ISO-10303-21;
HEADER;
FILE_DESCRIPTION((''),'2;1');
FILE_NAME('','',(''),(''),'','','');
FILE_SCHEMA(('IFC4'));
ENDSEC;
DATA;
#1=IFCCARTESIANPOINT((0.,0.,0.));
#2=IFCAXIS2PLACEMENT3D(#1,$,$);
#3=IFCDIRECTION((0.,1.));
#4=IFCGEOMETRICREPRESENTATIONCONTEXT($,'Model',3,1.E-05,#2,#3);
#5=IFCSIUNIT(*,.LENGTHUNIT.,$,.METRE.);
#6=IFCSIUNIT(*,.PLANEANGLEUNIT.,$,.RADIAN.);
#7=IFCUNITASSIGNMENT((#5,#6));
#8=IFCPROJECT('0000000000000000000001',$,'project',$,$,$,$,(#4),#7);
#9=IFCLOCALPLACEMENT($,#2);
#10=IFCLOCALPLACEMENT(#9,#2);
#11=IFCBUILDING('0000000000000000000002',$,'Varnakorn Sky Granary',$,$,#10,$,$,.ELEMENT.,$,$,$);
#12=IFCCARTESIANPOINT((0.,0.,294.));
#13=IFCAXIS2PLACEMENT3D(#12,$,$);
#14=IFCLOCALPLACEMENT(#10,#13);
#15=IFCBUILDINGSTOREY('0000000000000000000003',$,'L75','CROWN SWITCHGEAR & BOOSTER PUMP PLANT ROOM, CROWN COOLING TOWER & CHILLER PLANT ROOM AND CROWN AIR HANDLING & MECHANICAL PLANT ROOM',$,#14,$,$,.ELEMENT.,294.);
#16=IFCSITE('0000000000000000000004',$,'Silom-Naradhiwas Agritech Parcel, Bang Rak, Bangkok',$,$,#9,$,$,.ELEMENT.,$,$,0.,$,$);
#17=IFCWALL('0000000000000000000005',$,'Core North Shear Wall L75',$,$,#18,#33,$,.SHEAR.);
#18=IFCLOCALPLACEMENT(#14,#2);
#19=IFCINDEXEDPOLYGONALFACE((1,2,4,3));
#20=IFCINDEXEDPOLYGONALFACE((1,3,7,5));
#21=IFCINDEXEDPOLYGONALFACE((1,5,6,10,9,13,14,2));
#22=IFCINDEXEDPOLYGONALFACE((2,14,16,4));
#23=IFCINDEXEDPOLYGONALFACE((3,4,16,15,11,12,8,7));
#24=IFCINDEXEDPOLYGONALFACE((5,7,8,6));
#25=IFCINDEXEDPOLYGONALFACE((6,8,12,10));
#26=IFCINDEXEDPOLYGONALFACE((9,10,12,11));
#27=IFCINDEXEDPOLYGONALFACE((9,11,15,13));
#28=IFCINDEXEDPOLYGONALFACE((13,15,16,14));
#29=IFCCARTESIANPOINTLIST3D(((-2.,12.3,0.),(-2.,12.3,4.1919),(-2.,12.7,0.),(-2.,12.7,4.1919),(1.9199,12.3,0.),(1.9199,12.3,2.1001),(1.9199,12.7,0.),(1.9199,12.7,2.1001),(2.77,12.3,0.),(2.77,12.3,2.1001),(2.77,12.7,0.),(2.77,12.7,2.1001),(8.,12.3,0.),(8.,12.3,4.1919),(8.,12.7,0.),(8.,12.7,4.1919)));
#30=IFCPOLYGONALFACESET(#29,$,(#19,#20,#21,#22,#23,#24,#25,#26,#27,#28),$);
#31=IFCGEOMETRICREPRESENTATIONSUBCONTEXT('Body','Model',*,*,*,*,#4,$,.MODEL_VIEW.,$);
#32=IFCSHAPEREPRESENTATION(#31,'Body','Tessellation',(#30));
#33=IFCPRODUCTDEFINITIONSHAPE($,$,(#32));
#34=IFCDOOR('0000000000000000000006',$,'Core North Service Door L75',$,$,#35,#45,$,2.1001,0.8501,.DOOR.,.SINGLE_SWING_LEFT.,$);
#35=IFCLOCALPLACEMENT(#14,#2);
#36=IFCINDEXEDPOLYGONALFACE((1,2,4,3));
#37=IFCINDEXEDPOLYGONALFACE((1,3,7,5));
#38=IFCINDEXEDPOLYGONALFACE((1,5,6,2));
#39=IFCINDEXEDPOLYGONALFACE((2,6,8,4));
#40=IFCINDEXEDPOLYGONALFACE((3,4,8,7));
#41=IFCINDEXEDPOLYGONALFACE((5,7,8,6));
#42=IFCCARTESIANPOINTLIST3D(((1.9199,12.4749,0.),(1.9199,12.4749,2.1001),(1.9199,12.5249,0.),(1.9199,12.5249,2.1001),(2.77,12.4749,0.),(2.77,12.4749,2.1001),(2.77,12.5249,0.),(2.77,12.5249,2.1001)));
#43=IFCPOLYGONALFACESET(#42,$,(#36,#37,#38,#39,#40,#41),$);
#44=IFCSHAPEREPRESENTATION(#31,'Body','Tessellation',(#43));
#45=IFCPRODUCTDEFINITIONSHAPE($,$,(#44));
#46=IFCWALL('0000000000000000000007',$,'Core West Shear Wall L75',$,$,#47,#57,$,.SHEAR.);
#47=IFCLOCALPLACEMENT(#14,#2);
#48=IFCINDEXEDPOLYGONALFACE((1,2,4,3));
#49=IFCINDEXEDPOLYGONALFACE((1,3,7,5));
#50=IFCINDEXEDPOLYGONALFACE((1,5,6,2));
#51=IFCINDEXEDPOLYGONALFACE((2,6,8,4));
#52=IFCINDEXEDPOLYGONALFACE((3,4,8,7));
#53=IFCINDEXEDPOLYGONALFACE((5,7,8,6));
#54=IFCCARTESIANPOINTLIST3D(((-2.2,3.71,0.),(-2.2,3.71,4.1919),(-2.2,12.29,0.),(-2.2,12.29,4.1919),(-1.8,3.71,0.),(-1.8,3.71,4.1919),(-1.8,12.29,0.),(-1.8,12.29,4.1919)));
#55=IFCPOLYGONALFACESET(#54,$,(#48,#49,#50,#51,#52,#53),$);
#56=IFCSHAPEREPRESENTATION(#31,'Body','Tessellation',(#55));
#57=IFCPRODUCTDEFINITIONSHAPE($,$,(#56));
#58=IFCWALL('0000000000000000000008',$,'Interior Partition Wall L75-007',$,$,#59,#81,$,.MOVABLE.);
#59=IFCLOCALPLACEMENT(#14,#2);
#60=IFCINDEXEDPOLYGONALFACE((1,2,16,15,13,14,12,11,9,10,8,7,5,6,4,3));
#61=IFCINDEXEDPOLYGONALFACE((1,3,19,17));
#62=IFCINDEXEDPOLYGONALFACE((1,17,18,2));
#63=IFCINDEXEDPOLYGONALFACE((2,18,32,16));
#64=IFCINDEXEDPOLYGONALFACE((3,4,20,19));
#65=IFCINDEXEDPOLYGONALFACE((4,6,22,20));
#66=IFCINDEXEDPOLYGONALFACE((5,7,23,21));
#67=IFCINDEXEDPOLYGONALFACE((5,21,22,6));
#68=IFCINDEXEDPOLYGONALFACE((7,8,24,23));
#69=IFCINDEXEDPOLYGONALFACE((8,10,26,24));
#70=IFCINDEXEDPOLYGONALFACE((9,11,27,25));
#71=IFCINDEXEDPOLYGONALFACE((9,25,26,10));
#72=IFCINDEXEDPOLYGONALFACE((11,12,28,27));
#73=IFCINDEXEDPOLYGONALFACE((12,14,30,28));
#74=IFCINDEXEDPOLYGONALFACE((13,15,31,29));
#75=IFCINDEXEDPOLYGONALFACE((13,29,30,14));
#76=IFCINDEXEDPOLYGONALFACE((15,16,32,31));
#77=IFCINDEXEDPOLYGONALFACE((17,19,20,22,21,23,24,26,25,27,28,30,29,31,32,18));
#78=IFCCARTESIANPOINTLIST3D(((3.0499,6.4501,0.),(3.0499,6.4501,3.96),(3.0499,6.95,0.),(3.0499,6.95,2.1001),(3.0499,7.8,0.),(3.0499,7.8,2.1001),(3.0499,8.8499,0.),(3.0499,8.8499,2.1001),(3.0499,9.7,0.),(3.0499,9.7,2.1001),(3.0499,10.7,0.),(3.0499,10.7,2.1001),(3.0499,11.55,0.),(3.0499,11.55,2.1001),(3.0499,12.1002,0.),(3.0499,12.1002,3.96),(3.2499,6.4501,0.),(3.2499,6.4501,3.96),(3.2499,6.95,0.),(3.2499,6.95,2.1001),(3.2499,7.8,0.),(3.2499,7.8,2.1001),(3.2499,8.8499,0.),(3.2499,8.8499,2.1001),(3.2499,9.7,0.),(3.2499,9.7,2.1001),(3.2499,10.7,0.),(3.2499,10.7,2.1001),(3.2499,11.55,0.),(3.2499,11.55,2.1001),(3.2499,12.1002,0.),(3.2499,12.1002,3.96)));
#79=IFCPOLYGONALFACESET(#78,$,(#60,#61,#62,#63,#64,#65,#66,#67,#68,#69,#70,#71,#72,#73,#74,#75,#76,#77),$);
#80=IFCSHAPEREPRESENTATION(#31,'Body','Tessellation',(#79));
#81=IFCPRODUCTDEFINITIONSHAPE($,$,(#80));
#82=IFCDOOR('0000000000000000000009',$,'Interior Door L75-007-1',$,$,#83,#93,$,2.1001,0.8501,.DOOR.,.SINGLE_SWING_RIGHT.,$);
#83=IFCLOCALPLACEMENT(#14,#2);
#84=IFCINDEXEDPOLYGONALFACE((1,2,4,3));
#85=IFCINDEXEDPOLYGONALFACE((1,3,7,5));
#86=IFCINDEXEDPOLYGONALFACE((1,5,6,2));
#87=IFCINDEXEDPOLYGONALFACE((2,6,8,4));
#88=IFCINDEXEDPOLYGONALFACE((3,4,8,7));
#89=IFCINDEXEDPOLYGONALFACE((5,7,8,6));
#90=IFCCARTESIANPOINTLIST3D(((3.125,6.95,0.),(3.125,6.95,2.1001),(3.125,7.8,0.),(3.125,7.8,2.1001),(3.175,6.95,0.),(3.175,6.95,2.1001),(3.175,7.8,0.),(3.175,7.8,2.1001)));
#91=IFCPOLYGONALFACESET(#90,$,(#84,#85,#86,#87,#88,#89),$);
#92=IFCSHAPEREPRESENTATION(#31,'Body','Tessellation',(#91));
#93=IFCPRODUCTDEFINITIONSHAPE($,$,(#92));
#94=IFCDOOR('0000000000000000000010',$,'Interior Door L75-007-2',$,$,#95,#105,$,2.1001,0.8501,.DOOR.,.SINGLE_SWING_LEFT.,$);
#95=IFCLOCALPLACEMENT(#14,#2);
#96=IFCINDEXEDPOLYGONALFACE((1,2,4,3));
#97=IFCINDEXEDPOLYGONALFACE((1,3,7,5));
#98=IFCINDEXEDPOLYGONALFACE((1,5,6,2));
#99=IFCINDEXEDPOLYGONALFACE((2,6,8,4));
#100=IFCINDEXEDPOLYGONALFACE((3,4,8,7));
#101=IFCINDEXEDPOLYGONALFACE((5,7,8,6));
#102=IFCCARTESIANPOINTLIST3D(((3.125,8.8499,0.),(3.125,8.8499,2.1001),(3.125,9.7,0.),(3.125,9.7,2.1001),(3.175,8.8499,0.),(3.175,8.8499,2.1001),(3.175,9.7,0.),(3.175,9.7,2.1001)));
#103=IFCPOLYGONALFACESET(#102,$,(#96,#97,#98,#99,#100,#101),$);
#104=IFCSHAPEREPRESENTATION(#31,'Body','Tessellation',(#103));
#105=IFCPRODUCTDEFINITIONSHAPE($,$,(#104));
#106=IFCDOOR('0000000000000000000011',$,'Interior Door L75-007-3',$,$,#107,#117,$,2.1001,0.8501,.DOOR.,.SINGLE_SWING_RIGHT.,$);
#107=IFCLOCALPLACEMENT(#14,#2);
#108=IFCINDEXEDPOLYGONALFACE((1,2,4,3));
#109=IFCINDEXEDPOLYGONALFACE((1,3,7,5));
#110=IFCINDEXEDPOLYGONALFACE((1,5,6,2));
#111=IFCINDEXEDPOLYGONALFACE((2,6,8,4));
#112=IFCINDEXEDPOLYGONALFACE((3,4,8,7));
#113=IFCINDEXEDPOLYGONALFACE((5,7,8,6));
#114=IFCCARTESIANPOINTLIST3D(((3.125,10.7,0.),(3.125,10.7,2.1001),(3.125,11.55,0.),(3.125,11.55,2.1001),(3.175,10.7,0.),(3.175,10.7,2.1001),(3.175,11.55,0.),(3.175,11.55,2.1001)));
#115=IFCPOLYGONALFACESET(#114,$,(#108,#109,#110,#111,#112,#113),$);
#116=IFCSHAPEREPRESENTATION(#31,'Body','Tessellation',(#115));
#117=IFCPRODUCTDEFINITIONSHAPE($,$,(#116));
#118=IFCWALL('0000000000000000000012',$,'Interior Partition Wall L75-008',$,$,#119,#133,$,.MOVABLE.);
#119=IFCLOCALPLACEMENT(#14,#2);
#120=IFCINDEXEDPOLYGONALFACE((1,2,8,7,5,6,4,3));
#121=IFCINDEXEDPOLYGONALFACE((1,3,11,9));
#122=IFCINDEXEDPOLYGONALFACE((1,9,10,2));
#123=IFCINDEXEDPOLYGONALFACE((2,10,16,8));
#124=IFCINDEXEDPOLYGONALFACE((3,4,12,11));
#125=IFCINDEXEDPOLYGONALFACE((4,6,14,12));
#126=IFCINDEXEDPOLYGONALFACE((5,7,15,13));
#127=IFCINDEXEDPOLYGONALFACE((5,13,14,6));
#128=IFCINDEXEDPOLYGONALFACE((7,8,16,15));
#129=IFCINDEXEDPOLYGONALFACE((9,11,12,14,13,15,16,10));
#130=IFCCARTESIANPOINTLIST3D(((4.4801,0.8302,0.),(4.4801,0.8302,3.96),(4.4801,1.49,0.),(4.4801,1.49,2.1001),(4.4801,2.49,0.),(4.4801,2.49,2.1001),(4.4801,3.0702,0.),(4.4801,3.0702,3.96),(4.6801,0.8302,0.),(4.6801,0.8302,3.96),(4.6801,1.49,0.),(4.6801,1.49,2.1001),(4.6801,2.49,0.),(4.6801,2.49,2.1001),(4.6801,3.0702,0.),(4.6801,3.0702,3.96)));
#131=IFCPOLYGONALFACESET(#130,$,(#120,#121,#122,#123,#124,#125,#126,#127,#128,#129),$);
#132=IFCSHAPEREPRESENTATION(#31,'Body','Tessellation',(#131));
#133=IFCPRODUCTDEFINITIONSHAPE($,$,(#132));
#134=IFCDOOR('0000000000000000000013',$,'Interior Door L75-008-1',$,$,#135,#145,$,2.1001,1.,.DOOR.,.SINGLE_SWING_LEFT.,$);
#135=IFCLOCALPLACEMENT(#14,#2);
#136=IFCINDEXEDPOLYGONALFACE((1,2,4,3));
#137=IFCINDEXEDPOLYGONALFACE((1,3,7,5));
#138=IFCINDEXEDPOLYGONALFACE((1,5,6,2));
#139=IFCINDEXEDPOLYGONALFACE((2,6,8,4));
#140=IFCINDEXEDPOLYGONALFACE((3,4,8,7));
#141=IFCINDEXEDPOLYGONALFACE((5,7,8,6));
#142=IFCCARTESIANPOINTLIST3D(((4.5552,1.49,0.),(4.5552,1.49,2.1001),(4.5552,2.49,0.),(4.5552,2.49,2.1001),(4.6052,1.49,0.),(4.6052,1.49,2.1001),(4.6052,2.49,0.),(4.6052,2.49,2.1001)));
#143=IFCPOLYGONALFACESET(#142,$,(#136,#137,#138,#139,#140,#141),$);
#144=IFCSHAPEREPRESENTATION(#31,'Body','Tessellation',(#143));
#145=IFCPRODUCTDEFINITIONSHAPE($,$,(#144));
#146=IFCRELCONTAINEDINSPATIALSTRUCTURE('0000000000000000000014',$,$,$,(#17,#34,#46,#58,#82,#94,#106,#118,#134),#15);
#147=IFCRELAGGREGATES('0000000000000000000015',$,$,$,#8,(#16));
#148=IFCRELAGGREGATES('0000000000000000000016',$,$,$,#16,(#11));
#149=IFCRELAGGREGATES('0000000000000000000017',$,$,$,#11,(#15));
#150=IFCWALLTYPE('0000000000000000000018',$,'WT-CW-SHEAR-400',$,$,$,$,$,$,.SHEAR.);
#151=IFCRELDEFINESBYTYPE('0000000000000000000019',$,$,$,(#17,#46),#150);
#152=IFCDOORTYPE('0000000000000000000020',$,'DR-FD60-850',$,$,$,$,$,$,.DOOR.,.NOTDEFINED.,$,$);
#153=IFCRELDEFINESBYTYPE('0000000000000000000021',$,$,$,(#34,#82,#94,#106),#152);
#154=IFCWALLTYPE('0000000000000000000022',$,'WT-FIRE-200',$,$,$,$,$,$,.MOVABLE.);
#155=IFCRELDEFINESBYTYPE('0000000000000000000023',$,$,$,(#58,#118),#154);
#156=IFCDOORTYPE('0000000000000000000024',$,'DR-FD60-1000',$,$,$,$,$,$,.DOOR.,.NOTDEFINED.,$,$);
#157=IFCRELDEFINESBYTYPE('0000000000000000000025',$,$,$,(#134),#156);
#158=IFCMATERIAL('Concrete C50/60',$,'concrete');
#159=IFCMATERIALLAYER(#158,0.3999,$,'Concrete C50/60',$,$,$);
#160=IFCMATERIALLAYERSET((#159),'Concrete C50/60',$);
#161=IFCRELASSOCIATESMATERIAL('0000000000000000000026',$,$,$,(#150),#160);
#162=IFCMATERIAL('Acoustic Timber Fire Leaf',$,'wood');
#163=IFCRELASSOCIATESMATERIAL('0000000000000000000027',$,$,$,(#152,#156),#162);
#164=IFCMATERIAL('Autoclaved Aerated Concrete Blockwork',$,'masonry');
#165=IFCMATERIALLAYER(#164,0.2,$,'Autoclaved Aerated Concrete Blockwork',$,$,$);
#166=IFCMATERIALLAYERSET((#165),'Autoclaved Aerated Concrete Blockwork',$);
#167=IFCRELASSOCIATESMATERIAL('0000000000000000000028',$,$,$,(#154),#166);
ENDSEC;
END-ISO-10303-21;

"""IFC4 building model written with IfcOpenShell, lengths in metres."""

from ifc_helpers import new_model, si_unit, direction, frame, frame_2d, origin, place, context, subcontext, project, spatial, rectangle, extrude, material, layer, layer_set, type_object, element, fill, save


model = new_model("IFC4")

# Units and contexts
model_context = context("Model", 3, precision=1e-05, world=origin(), true_north=direction((0.0, 1.0)))
body_context = subcontext(model_context, "Body", "Model", "MODEL_VIEW")
ifc_project = project(units=[si_unit("LENGTHUNIT", "METRE"), si_unit("PLANEANGLEUNIT", "RADIAN")], contexts=[model_context])

# Site, building, storey
site_placement = place(None, origin())
site = spatial("IfcSite", under=ifc_project, at=site_placement, Name="Silom-Naradhiwas Agritech Parcel, Bang Rak, Bangkok", CompositionType="ELEMENT", RefElevation=0.0)
building_placement = place(site_placement, origin())
building = spatial("IfcBuilding", under=site, at=building_placement, Name="Varnakorn Sky Granary", CompositionType="ELEMENT")
storey_placement = place(building_placement, frame((0.0, 0.0, 294.0)))
storey = spatial("IfcBuildingStorey", under=building, at=storey_placement, Name="L75", Description="CROWN SWITCHGEAR & BOOSTER PUMP PLANT ROOM, CROWN COOLING TOWER & CHILLER PLANT ROOM AND CROWN AIR HANDLING & MECHANICAL PLANT ROOM", CompositionType="ELEMENT", Elevation=294.0)

# Shared definitions
ifc_material_1 = material(Name="Concrete C50/60", Category="concrete")

# Shared definitions
ifc_layer_1 = layer(ifc_material_1, 0.3999, Name="Concrete C50/60")
ifc_layer_set_1 = layer_set([ifc_layer_1], Name="Concrete C50/60")
wall_type_1 = type_object("IfcWallType", Name="WT-CW-SHEAR-400", PredefinedType="SHEAR", material=ifc_layer_set_1)

# Wall, opening, door
wall_1_placement = place(storey_placement, frame((-2.0, 12.5, 0.0), z_axis=(0.0, 0.0, 1.0), x_axis=(1.0, 0.0, 0.0)))
wall_1 = element("IfcWall", 1, at=wall_1_placement, inside=storey, type_object=wall_type_1, Name="Core North Shear Wall L75", PredefinedType="SHEAR", context=body_context, shape_type="SweptSolid", body=[
    extrude(rectangle(XDim=10.0, YDim=0.3999, at=frame_2d((5.0, 0.0))), origin(), (0.0, 0.0, 1.0), 4.1919),
])
opening_1_placement = place(wall_1_placement, frame((3.9199, 0.0, 0.0)))
opening_1 = element("IfcOpeningElement", 2, at=opening_1_placement, cuts=wall_1, PredefinedType="OPENING", context=body_context, shape_type="SweptSolid", body=[
    extrude(rectangle(XDim=0.8501, YDim=2.1001, at=frame_2d((0.425, 1.05))), frame((0.0, 0.21, 0.0), z_axis=(0.0, -1.0, 0.0), x_axis=(1.0, 0.0, 0.0)), (0.0, 0.0, 1.0), 0.4199),
])
ifc_material_2 = material(Name="Acoustic Timber Fire Leaf", Category="wood")
door_type_1 = type_object("IfcDoorType", Name="DR-FD60-850", OperationType="NOTDEFINED", PredefinedType="DOOR", material=ifc_material_2)
door_1_placement = place(opening_1_placement, origin())
door_1 = element("IfcDoor", 3, at=door_1_placement, inside=storey, type_object=door_type_1, Name="Core North Service Door L75", OperationType="SINGLE_SWING_LEFT", OverallHeight=2.1001, OverallWidth=0.8501, PredefinedType="DOOR", context=body_context, shape_type="SweptSolid", body=[
    extrude(rectangle(XDim=0.8501, YDim=2.1001, at=frame_2d((0.425, 1.05))), frame((0.0, 0.0249, 0.0), z_axis=(0.0, -1.0, 0.0), x_axis=(1.0, 0.0, 0.0)), (0.0, 0.0, 1.0), 0.05),
])
fill(opening_1, door_1)

# Wall
wall_2_placement = place(storey_placement, frame((-2.0, 3.71, 0.0), z_axis=(0.0, 0.0, 1.0), x_axis=(0.0, 1.0, 0.0)))
element("IfcWall", 4, at=wall_2_placement, inside=storey, type_object=wall_type_1, Name="Core West Shear Wall L75", PredefinedType="SHEAR", context=body_context, shape_type="SweptSolid", body=[
    extrude(rectangle(XDim=8.5801, YDim=0.3999, at=frame_2d((4.29, 0.0))), origin(), (0.0, 0.0, 1.0), 4.1919),
])

# Wall, openings, doors
ifc_material_3 = material(Name="Autoclaved Aerated Concrete Blockwork", Category="masonry")
ifc_layer_2 = layer(ifc_material_3, 0.2, Name="Autoclaved Aerated Concrete Blockwork")
ifc_layer_set_2 = layer_set([ifc_layer_2], Name="Autoclaved Aerated Concrete Blockwork")
wall_type_2 = type_object("IfcWallType", Name="WT-FIRE-200", PredefinedType="MOVABLE", material=ifc_layer_set_2)
wall_3_placement = place(storey_placement, frame((3.1499, 6.45, 0.0), z_axis=(0.0, 0.0, 1.0), x_axis=(0.0, 1.0, 0.0)))
wall_3 = element("IfcWall", 5, at=wall_3_placement, inside=storey, type_object=wall_type_2, Name="Interior Partition Wall L75-007", PredefinedType="MOVABLE", context=body_context, shape_type="SweptSolid", body=[
    extrude(rectangle(XDim=5.6501, YDim=0.2, at=frame_2d((2.8252, 0.0))), origin(), (0.0, 0.0, 1.0), 3.96),
])
opening_2_placement = place(wall_3_placement, frame((0.5, 0.0, 0.0)))
opening_2 = element("IfcOpeningElement", 6, at=opening_2_placement, cuts=wall_3, PredefinedType="OPENING", context=body_context, shape_type="SweptSolid", body=[
    extrude(rectangle(XDim=0.8501, YDim=2.1001, at=frame_2d((0.425, 1.05))), frame((0.0, 0.1099, 0.0), z_axis=(0.0, -1.0, 0.0), x_axis=(1.0, 0.0, 0.0)), (0.0, 0.0, 1.0), 0.22),
])
opening_3_placement = place(wall_3_placement, frame((2.3999, 0.0, 0.0)))
opening_3 = element("IfcOpeningElement", 7, at=opening_3_placement, cuts=wall_3, PredefinedType="OPENING", context=body_context, shape_type="SweptSolid", body=[
    extrude(rectangle(XDim=0.8501, YDim=2.1001, at=frame_2d((0.425, 1.05))), frame((0.0, 0.1099, 0.0), z_axis=(0.0, -1.0, 0.0), x_axis=(1.0, 0.0, 0.0)), (0.0, 0.0, 1.0), 0.22),
])
opening_4_placement = place(wall_3_placement, frame((4.25, 0.0, 0.0)))
opening_4 = element("IfcOpeningElement", 8, at=opening_4_placement, cuts=wall_3, PredefinedType="OPENING", context=body_context, shape_type="SweptSolid", body=[
    extrude(rectangle(XDim=0.8501, YDim=2.1001, at=frame_2d((0.425, 1.05))), frame((0.0, 0.1099, 0.0), z_axis=(0.0, -1.0, 0.0), x_axis=(1.0, 0.0, 0.0)), (0.0, 0.0, 1.0), 0.22),
])
door_2_placement = place(opening_2_placement, origin())
door_2 = element("IfcDoor", 9, at=door_2_placement, inside=storey, type_object=door_type_1, Name="Interior Door L75-007-1", OperationType="SINGLE_SWING_RIGHT", OverallHeight=2.1001, OverallWidth=0.8501, PredefinedType="DOOR", context=body_context, shape_type="SweptSolid", body=[
    extrude(rectangle(XDim=0.8501, YDim=2.1001, at=frame_2d((0.425, 1.05))), frame((0.0, 0.0249, 0.0), z_axis=(0.0, -1.0, 0.0), x_axis=(1.0, 0.0, 0.0)), (0.0, 0.0, 1.0), 0.05),
])
fill(opening_2, door_2)
door_3_placement = place(opening_3_placement, origin())
door_3 = element("IfcDoor", 10, at=door_3_placement, inside=storey, type_object=door_type_1, Name="Interior Door L75-007-2", OperationType="SINGLE_SWING_LEFT", OverallHeight=2.1001, OverallWidth=0.8501, PredefinedType="DOOR", context=body_context, shape_type="SweptSolid", body=[
    extrude(rectangle(XDim=0.8501, YDim=2.1001, at=frame_2d((0.425, 1.05))), frame((0.0, 0.0249, 0.0), z_axis=(0.0, -1.0, 0.0), x_axis=(1.0, 0.0, 0.0)), (0.0, 0.0, 1.0), 0.05),
])
fill(opening_3, door_3)
door_4_placement = place(opening_4_placement, origin())
door_4 = element("IfcDoor", 11, at=door_4_placement, inside=storey, type_object=door_type_1, Name="Interior Door L75-007-3", OperationType="SINGLE_SWING_RIGHT", OverallHeight=2.1001, OverallWidth=0.8501, PredefinedType="DOOR", context=body_context, shape_type="SweptSolid", body=[
    extrude(rectangle(XDim=0.8501, YDim=2.1001, at=frame_2d((0.425, 1.05))), frame((0.0, 0.0249, 0.0), z_axis=(0.0, -1.0, 0.0), x_axis=(1.0, 0.0, 0.0)), (0.0, 0.0, 1.0), 0.05),
])
fill(opening_4, door_4)

# Wall, opening, door
wall_4_placement = place(storey_placement, frame((4.5801, 0.8301, 0.0), z_axis=(0.0, 0.0, 1.0), x_axis=(0.0, 1.0, 0.0)))
wall_4 = element("IfcWall", 12, at=wall_4_placement, inside=storey, type_object=wall_type_2, Name="Interior Partition Wall L75-008", PredefinedType="MOVABLE", context=body_context, shape_type="SweptSolid", body=[
    extrude(rectangle(XDim=2.24, YDim=0.2, at=frame_2d((1.1201, 0.0))), origin(), (0.0, 0.0, 1.0), 3.96),
])
opening_5_placement = place(wall_4_placement, frame((0.6599, 0.0, 0.0)))
opening_5 = element("IfcOpeningElement", 13, at=opening_5_placement, cuts=wall_4, PredefinedType="OPENING", context=body_context, shape_type="SweptSolid", body=[
    extrude(rectangle(XDim=1.0, YDim=2.1001, at=frame_2d((0.5, 1.05))), frame((0.0, 0.1099, 0.0), z_axis=(0.0, -1.0, 0.0), x_axis=(1.0, 0.0, 0.0)), (0.0, 0.0, 1.0), 0.22),
])
door_type_2 = type_object("IfcDoorType", Name="DR-FD60-1000", OperationType="NOTDEFINED", PredefinedType="DOOR", material=ifc_material_2)
door_5_placement = place(opening_5_placement, origin())
door_5 = element("IfcDoor", 14, at=door_5_placement, inside=storey, type_object=door_type_2, Name="Interior Door L75-008-1", OperationType="SINGLE_SWING_LEFT", OverallHeight=2.1001, OverallWidth=1.0, PredefinedType="DOOR", context=body_context, shape_type="SweptSolid", body=[
    extrude(rectangle(XDim=1.0, YDim=2.1001, at=frame_2d((0.5, 1.05))), frame((0.0, 0.0249, 0.0), z_axis=(0.0, -1.0, 0.0), x_axis=(1.0, 0.0, 0.0)), (0.0, 0.0, 1.0), 0.05),
])
fill(opening_5, door_5)

save(model, "model.ifc")
